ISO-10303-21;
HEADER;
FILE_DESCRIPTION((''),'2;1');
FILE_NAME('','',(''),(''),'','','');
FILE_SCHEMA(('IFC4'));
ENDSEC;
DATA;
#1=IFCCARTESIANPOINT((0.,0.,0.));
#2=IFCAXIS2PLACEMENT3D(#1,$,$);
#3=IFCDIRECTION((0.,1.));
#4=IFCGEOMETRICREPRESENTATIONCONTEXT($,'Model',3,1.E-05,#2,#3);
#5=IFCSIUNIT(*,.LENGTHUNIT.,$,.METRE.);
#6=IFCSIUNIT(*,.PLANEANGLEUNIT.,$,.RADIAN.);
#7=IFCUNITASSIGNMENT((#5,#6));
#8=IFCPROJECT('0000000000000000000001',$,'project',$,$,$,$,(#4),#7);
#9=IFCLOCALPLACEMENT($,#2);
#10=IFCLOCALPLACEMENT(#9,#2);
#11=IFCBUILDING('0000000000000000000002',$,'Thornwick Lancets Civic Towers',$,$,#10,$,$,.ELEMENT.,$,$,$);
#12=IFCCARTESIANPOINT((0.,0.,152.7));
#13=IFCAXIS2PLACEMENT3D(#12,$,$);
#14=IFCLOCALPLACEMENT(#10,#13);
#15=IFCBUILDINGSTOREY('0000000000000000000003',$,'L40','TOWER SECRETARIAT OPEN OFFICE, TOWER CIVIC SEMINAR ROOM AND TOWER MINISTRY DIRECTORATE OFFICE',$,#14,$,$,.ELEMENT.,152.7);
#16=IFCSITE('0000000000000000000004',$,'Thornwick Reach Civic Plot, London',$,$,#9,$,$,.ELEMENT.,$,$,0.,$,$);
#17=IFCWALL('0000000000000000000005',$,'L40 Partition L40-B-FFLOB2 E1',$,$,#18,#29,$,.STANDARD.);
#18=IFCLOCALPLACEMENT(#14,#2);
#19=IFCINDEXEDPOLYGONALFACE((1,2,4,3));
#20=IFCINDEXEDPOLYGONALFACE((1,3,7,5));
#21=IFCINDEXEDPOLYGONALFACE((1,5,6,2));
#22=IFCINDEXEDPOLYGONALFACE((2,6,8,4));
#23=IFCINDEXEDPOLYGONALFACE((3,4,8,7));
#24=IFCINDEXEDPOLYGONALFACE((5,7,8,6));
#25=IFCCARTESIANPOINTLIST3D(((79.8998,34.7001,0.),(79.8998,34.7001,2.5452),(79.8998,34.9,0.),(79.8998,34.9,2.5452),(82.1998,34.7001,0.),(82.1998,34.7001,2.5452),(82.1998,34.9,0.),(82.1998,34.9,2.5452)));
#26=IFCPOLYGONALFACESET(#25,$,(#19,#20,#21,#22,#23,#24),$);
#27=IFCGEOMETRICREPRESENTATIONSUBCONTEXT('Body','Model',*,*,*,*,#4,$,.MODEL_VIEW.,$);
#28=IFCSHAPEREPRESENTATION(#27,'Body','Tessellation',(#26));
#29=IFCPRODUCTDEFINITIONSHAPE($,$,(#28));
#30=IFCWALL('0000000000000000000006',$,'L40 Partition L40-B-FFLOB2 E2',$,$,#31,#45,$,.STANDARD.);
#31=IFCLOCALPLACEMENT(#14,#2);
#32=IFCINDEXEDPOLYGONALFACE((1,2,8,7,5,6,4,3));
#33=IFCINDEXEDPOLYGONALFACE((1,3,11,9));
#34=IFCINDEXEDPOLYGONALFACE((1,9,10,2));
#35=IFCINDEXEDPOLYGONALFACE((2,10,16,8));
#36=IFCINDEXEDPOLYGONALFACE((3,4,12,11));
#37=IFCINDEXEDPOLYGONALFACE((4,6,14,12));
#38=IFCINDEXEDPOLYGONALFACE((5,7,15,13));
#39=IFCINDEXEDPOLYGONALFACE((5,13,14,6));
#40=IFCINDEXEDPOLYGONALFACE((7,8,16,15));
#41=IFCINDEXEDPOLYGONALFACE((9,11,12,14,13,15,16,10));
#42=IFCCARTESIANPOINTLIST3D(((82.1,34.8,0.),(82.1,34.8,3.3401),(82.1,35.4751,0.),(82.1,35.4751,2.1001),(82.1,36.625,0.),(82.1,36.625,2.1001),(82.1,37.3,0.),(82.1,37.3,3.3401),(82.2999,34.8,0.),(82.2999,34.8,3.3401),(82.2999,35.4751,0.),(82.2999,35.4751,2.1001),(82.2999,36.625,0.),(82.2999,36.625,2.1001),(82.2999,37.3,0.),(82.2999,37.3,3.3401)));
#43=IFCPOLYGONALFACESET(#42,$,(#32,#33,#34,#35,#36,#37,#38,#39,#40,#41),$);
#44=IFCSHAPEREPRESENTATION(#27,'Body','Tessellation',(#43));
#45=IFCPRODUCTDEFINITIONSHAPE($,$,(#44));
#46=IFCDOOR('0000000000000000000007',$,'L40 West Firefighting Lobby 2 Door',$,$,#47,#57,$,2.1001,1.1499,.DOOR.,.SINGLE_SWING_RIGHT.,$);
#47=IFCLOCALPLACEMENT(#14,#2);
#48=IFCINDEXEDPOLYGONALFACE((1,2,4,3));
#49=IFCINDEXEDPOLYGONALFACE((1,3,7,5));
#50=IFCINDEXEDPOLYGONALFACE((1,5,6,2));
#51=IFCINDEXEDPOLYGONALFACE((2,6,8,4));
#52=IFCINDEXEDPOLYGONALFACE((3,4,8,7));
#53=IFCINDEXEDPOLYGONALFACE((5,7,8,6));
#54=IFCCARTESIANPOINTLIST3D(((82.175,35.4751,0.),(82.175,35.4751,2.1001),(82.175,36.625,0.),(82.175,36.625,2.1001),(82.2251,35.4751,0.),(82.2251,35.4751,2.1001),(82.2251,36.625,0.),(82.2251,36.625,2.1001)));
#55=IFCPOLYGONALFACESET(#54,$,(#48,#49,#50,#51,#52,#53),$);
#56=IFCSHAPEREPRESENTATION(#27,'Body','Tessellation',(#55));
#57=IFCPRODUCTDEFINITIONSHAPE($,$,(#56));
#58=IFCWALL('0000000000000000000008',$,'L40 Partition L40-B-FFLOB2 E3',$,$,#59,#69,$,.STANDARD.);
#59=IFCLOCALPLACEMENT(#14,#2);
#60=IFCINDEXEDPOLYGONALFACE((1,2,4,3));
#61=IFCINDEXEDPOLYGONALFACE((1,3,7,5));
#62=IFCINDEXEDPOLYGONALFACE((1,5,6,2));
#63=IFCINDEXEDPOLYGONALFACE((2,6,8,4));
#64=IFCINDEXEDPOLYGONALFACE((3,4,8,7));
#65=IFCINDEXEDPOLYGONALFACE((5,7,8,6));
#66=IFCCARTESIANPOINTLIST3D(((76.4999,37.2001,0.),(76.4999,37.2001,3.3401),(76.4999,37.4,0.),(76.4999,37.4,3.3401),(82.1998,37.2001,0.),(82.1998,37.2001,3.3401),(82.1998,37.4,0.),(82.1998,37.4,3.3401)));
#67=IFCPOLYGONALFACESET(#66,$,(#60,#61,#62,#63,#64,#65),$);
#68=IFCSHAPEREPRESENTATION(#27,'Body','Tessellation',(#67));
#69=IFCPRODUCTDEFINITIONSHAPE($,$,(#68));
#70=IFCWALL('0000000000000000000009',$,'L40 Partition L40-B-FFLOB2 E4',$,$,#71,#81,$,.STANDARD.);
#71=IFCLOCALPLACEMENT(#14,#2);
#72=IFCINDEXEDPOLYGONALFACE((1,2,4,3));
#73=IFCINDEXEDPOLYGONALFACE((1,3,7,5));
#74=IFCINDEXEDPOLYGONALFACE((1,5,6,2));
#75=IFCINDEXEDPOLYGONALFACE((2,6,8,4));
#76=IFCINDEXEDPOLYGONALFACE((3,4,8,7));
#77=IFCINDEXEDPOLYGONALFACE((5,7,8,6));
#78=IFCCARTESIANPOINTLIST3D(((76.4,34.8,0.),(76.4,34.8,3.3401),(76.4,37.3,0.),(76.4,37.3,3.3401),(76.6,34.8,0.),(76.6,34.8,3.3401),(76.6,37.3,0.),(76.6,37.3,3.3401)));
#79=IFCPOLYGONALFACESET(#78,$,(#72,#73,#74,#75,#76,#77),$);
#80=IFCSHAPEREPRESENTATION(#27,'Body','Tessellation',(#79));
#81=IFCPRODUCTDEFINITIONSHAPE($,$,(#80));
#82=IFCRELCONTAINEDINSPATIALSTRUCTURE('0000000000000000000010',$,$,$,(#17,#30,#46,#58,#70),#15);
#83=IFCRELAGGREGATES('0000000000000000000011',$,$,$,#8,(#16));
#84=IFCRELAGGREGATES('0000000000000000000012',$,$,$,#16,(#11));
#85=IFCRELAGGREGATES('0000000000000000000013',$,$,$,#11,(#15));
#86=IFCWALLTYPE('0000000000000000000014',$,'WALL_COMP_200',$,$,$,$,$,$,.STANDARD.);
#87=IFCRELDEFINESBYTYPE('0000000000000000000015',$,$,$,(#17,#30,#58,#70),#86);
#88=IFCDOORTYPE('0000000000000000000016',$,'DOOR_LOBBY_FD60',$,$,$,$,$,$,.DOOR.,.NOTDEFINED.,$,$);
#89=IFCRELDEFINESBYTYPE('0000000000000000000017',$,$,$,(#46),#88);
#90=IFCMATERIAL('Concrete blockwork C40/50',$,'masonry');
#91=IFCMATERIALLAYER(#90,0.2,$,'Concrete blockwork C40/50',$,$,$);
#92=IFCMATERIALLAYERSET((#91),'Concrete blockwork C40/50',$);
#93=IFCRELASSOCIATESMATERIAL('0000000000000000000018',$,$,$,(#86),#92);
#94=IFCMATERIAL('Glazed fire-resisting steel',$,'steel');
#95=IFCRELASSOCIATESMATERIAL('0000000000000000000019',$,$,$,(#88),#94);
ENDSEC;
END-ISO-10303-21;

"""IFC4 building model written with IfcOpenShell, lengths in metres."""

from ifc_helpers import new_model, si_unit, direction, frame, frame_2d, origin, place, context, subcontext, project, spatial, rectangle, extrude, material, layer, layer_set, type_object, element, fill, save


model = new_model("IFC4")

# Units and contexts
model_context = context("Model", 3, precision=1e-05, world=origin(), true_north=direction((0.0, 1.0)))
body_context = subcontext(model_context, "Body", "Model", "MODEL_VIEW")
ifc_project = project(units=[si_unit("LENGTHUNIT", "METRE"), si_unit("PLANEANGLEUNIT", "RADIAN")], contexts=[model_context])

# Site, building, storey
site_placement = place(None, origin())
site = spatial("IfcSite", under=ifc_project, at=site_placement, Name="Thornwick Reach Civic Plot, London", CompositionType="ELEMENT", RefElevation=0.0)
building_placement = place(site_placement, origin())
building = spatial("IfcBuilding", under=site, at=building_placement, Name="Thornwick Lancets Civic Towers", CompositionType="ELEMENT")
storey_placement = place(building_placement, frame((0.0, 0.0, 152.7)))
storey = spatial("IfcBuildingStorey", under=building, at=storey_placement, Name="L40", Description="TOWER SECRETARIAT OPEN OFFICE, TOWER CIVIC SEMINAR ROOM AND TOWER MINISTRY DIRECTORATE OFFICE", CompositionType="ELEMENT", Elevation=152.7)

# Wall
ifc_material_1 = material(Name="Concrete blockwork C40/50", Category="masonry")
ifc_layer_1 = layer(ifc_material_1, 0.2, Name="Concrete blockwork C40/50")
ifc_layer_set_1 = layer_set([ifc_layer_1], Name="Concrete blockwork C40/50")
wall_type_1 = type_object("IfcWallType", Name="WALL_COMP_200", PredefinedType="STANDARD", material=ifc_layer_set_1)
wall_1_placement = place(storey_placement, frame((79.8999, 34.8, 0.0), z_axis=(0.0, 0.0, 1.0), x_axis=(1.0, 0.0, 0.0)))
element("IfcWall", 1, at=wall_1_placement, inside=storey, type_object=wall_type_1, Name="L40 Partition L40-B-FFLOB2 E1", PredefinedType="STANDARD", context=body_context, shape_type="SweptSolid", body=[
    extrude(rectangle(XDim=2.3, YDim=0.2, at=frame_2d((1.1499, 0.0))), origin(), (0.0, 0.0, 1.0), 2.5452),
])

# Wall, opening, door
wall_2_placement = place(storey_placement, frame((82.2, 34.8, 0.0), z_axis=(0.0, 0.0, 1.0), x_axis=(0.0, 1.0, 0.0)))
wall_2 = element("IfcWall", 2, at=wall_2_placement, inside=storey, type_object=wall_type_1, Name="L40 Partition L40-B-FFLOB2 E2", PredefinedType="STANDARD", context=body_context, shape_type="SweptSolid", body=[
    extrude(rectangle(XDim=2.5, YDim=0.2, at=frame_2d((1.25, 0.0))), origin(), (0.0, 0.0, 1.0), 3.3401),
])
opening_1_placement = place(wall_2_placement, frame((0.675, 0.0, 0.0)))
opening_1 = element("IfcOpeningElement", 3, at=opening_1_placement, cuts=wall_2, PredefinedType="OPENING", context=body_context, shape_type="SweptSolid", body=[
    extrude(rectangle(XDim=1.1499, YDim=2.1001, at=frame_2d((0.575, 1.05))), frame((0.0, 0.1099, 0.0), z_axis=(0.0, -1.0, 0.0), x_axis=(1.0, 0.0, 0.0)), (0.0, 0.0, 1.0), 0.22),
])
ifc_material_2 = material(Name="Glazed fire-resisting steel", Category="steel")
door_type = type_object("IfcDoorType", Name="DOOR_LOBBY_FD60", OperationType="NOTDEFINED", PredefinedType="DOOR", material=ifc_material_2)
door_placement = place(opening_1_placement, origin())
door = element("IfcDoor", 4, at=door_placement, inside=storey, type_object=door_type, Name="L40 West Firefighting Lobby 2 Door", OperationType="SINGLE_SWING_RIGHT", OverallHeight=2.1001, OverallWidth=1.1499, PredefinedType="DOOR", context=body_context, shape_type="SweptSolid", body=[
    extrude(rectangle(XDim=1.1499, YDim=2.1001, at=frame_2d((0.575, 1.05))), frame((0.0, 0.0249, 0.0), z_axis=(0.0, -1.0, 0.0), x_axis=(1.0, 0.0, 0.0)), (0.0, 0.0, 1.0), 0.05),
])
fill(opening_1, door)

# Walls
wall_3_placement = place(storey_placement, frame((82.2, 37.3, 0.0), z_axis=(0.0, 0.0, 1.0), x_axis=(-1.0, 0.0, 0.0)))
element("IfcWall", 5, at=wall_3_placement, inside=storey, type_object=wall_type_1, Name="L40 Partition L40-B-FFLOB2 E3", PredefinedType="STANDARD", context=body_context, shape_type="SweptSolid", body=[
    extrude(rectangle(XDim=5.7, YDim=0.2, at=frame_2d((2.8501, 0.0))), origin(), (0.0, 0.0, 1.0), 3.3401),
])
wall_4_placement = place(storey_placement, frame((76.5, 37.3, 0.0), z_axis=(0.0, 0.0, 1.0), x_axis=(0.0, -1.0, 0.0)))
element("IfcWall", 6, at=wall_4_placement, inside=storey, type_object=wall_type_1, Name="L40 Partition L40-B-FFLOB2 E4", PredefinedType="STANDARD", context=body_context, shape_type="SweptSolid", body=[
    extrude(rectangle(XDim=2.5, YDim=0.2, at=frame_2d((1.25, 0.0))), origin(), (0.0, 0.0, 1.0), 3.3401),
])

save(model, "model.ifc")
